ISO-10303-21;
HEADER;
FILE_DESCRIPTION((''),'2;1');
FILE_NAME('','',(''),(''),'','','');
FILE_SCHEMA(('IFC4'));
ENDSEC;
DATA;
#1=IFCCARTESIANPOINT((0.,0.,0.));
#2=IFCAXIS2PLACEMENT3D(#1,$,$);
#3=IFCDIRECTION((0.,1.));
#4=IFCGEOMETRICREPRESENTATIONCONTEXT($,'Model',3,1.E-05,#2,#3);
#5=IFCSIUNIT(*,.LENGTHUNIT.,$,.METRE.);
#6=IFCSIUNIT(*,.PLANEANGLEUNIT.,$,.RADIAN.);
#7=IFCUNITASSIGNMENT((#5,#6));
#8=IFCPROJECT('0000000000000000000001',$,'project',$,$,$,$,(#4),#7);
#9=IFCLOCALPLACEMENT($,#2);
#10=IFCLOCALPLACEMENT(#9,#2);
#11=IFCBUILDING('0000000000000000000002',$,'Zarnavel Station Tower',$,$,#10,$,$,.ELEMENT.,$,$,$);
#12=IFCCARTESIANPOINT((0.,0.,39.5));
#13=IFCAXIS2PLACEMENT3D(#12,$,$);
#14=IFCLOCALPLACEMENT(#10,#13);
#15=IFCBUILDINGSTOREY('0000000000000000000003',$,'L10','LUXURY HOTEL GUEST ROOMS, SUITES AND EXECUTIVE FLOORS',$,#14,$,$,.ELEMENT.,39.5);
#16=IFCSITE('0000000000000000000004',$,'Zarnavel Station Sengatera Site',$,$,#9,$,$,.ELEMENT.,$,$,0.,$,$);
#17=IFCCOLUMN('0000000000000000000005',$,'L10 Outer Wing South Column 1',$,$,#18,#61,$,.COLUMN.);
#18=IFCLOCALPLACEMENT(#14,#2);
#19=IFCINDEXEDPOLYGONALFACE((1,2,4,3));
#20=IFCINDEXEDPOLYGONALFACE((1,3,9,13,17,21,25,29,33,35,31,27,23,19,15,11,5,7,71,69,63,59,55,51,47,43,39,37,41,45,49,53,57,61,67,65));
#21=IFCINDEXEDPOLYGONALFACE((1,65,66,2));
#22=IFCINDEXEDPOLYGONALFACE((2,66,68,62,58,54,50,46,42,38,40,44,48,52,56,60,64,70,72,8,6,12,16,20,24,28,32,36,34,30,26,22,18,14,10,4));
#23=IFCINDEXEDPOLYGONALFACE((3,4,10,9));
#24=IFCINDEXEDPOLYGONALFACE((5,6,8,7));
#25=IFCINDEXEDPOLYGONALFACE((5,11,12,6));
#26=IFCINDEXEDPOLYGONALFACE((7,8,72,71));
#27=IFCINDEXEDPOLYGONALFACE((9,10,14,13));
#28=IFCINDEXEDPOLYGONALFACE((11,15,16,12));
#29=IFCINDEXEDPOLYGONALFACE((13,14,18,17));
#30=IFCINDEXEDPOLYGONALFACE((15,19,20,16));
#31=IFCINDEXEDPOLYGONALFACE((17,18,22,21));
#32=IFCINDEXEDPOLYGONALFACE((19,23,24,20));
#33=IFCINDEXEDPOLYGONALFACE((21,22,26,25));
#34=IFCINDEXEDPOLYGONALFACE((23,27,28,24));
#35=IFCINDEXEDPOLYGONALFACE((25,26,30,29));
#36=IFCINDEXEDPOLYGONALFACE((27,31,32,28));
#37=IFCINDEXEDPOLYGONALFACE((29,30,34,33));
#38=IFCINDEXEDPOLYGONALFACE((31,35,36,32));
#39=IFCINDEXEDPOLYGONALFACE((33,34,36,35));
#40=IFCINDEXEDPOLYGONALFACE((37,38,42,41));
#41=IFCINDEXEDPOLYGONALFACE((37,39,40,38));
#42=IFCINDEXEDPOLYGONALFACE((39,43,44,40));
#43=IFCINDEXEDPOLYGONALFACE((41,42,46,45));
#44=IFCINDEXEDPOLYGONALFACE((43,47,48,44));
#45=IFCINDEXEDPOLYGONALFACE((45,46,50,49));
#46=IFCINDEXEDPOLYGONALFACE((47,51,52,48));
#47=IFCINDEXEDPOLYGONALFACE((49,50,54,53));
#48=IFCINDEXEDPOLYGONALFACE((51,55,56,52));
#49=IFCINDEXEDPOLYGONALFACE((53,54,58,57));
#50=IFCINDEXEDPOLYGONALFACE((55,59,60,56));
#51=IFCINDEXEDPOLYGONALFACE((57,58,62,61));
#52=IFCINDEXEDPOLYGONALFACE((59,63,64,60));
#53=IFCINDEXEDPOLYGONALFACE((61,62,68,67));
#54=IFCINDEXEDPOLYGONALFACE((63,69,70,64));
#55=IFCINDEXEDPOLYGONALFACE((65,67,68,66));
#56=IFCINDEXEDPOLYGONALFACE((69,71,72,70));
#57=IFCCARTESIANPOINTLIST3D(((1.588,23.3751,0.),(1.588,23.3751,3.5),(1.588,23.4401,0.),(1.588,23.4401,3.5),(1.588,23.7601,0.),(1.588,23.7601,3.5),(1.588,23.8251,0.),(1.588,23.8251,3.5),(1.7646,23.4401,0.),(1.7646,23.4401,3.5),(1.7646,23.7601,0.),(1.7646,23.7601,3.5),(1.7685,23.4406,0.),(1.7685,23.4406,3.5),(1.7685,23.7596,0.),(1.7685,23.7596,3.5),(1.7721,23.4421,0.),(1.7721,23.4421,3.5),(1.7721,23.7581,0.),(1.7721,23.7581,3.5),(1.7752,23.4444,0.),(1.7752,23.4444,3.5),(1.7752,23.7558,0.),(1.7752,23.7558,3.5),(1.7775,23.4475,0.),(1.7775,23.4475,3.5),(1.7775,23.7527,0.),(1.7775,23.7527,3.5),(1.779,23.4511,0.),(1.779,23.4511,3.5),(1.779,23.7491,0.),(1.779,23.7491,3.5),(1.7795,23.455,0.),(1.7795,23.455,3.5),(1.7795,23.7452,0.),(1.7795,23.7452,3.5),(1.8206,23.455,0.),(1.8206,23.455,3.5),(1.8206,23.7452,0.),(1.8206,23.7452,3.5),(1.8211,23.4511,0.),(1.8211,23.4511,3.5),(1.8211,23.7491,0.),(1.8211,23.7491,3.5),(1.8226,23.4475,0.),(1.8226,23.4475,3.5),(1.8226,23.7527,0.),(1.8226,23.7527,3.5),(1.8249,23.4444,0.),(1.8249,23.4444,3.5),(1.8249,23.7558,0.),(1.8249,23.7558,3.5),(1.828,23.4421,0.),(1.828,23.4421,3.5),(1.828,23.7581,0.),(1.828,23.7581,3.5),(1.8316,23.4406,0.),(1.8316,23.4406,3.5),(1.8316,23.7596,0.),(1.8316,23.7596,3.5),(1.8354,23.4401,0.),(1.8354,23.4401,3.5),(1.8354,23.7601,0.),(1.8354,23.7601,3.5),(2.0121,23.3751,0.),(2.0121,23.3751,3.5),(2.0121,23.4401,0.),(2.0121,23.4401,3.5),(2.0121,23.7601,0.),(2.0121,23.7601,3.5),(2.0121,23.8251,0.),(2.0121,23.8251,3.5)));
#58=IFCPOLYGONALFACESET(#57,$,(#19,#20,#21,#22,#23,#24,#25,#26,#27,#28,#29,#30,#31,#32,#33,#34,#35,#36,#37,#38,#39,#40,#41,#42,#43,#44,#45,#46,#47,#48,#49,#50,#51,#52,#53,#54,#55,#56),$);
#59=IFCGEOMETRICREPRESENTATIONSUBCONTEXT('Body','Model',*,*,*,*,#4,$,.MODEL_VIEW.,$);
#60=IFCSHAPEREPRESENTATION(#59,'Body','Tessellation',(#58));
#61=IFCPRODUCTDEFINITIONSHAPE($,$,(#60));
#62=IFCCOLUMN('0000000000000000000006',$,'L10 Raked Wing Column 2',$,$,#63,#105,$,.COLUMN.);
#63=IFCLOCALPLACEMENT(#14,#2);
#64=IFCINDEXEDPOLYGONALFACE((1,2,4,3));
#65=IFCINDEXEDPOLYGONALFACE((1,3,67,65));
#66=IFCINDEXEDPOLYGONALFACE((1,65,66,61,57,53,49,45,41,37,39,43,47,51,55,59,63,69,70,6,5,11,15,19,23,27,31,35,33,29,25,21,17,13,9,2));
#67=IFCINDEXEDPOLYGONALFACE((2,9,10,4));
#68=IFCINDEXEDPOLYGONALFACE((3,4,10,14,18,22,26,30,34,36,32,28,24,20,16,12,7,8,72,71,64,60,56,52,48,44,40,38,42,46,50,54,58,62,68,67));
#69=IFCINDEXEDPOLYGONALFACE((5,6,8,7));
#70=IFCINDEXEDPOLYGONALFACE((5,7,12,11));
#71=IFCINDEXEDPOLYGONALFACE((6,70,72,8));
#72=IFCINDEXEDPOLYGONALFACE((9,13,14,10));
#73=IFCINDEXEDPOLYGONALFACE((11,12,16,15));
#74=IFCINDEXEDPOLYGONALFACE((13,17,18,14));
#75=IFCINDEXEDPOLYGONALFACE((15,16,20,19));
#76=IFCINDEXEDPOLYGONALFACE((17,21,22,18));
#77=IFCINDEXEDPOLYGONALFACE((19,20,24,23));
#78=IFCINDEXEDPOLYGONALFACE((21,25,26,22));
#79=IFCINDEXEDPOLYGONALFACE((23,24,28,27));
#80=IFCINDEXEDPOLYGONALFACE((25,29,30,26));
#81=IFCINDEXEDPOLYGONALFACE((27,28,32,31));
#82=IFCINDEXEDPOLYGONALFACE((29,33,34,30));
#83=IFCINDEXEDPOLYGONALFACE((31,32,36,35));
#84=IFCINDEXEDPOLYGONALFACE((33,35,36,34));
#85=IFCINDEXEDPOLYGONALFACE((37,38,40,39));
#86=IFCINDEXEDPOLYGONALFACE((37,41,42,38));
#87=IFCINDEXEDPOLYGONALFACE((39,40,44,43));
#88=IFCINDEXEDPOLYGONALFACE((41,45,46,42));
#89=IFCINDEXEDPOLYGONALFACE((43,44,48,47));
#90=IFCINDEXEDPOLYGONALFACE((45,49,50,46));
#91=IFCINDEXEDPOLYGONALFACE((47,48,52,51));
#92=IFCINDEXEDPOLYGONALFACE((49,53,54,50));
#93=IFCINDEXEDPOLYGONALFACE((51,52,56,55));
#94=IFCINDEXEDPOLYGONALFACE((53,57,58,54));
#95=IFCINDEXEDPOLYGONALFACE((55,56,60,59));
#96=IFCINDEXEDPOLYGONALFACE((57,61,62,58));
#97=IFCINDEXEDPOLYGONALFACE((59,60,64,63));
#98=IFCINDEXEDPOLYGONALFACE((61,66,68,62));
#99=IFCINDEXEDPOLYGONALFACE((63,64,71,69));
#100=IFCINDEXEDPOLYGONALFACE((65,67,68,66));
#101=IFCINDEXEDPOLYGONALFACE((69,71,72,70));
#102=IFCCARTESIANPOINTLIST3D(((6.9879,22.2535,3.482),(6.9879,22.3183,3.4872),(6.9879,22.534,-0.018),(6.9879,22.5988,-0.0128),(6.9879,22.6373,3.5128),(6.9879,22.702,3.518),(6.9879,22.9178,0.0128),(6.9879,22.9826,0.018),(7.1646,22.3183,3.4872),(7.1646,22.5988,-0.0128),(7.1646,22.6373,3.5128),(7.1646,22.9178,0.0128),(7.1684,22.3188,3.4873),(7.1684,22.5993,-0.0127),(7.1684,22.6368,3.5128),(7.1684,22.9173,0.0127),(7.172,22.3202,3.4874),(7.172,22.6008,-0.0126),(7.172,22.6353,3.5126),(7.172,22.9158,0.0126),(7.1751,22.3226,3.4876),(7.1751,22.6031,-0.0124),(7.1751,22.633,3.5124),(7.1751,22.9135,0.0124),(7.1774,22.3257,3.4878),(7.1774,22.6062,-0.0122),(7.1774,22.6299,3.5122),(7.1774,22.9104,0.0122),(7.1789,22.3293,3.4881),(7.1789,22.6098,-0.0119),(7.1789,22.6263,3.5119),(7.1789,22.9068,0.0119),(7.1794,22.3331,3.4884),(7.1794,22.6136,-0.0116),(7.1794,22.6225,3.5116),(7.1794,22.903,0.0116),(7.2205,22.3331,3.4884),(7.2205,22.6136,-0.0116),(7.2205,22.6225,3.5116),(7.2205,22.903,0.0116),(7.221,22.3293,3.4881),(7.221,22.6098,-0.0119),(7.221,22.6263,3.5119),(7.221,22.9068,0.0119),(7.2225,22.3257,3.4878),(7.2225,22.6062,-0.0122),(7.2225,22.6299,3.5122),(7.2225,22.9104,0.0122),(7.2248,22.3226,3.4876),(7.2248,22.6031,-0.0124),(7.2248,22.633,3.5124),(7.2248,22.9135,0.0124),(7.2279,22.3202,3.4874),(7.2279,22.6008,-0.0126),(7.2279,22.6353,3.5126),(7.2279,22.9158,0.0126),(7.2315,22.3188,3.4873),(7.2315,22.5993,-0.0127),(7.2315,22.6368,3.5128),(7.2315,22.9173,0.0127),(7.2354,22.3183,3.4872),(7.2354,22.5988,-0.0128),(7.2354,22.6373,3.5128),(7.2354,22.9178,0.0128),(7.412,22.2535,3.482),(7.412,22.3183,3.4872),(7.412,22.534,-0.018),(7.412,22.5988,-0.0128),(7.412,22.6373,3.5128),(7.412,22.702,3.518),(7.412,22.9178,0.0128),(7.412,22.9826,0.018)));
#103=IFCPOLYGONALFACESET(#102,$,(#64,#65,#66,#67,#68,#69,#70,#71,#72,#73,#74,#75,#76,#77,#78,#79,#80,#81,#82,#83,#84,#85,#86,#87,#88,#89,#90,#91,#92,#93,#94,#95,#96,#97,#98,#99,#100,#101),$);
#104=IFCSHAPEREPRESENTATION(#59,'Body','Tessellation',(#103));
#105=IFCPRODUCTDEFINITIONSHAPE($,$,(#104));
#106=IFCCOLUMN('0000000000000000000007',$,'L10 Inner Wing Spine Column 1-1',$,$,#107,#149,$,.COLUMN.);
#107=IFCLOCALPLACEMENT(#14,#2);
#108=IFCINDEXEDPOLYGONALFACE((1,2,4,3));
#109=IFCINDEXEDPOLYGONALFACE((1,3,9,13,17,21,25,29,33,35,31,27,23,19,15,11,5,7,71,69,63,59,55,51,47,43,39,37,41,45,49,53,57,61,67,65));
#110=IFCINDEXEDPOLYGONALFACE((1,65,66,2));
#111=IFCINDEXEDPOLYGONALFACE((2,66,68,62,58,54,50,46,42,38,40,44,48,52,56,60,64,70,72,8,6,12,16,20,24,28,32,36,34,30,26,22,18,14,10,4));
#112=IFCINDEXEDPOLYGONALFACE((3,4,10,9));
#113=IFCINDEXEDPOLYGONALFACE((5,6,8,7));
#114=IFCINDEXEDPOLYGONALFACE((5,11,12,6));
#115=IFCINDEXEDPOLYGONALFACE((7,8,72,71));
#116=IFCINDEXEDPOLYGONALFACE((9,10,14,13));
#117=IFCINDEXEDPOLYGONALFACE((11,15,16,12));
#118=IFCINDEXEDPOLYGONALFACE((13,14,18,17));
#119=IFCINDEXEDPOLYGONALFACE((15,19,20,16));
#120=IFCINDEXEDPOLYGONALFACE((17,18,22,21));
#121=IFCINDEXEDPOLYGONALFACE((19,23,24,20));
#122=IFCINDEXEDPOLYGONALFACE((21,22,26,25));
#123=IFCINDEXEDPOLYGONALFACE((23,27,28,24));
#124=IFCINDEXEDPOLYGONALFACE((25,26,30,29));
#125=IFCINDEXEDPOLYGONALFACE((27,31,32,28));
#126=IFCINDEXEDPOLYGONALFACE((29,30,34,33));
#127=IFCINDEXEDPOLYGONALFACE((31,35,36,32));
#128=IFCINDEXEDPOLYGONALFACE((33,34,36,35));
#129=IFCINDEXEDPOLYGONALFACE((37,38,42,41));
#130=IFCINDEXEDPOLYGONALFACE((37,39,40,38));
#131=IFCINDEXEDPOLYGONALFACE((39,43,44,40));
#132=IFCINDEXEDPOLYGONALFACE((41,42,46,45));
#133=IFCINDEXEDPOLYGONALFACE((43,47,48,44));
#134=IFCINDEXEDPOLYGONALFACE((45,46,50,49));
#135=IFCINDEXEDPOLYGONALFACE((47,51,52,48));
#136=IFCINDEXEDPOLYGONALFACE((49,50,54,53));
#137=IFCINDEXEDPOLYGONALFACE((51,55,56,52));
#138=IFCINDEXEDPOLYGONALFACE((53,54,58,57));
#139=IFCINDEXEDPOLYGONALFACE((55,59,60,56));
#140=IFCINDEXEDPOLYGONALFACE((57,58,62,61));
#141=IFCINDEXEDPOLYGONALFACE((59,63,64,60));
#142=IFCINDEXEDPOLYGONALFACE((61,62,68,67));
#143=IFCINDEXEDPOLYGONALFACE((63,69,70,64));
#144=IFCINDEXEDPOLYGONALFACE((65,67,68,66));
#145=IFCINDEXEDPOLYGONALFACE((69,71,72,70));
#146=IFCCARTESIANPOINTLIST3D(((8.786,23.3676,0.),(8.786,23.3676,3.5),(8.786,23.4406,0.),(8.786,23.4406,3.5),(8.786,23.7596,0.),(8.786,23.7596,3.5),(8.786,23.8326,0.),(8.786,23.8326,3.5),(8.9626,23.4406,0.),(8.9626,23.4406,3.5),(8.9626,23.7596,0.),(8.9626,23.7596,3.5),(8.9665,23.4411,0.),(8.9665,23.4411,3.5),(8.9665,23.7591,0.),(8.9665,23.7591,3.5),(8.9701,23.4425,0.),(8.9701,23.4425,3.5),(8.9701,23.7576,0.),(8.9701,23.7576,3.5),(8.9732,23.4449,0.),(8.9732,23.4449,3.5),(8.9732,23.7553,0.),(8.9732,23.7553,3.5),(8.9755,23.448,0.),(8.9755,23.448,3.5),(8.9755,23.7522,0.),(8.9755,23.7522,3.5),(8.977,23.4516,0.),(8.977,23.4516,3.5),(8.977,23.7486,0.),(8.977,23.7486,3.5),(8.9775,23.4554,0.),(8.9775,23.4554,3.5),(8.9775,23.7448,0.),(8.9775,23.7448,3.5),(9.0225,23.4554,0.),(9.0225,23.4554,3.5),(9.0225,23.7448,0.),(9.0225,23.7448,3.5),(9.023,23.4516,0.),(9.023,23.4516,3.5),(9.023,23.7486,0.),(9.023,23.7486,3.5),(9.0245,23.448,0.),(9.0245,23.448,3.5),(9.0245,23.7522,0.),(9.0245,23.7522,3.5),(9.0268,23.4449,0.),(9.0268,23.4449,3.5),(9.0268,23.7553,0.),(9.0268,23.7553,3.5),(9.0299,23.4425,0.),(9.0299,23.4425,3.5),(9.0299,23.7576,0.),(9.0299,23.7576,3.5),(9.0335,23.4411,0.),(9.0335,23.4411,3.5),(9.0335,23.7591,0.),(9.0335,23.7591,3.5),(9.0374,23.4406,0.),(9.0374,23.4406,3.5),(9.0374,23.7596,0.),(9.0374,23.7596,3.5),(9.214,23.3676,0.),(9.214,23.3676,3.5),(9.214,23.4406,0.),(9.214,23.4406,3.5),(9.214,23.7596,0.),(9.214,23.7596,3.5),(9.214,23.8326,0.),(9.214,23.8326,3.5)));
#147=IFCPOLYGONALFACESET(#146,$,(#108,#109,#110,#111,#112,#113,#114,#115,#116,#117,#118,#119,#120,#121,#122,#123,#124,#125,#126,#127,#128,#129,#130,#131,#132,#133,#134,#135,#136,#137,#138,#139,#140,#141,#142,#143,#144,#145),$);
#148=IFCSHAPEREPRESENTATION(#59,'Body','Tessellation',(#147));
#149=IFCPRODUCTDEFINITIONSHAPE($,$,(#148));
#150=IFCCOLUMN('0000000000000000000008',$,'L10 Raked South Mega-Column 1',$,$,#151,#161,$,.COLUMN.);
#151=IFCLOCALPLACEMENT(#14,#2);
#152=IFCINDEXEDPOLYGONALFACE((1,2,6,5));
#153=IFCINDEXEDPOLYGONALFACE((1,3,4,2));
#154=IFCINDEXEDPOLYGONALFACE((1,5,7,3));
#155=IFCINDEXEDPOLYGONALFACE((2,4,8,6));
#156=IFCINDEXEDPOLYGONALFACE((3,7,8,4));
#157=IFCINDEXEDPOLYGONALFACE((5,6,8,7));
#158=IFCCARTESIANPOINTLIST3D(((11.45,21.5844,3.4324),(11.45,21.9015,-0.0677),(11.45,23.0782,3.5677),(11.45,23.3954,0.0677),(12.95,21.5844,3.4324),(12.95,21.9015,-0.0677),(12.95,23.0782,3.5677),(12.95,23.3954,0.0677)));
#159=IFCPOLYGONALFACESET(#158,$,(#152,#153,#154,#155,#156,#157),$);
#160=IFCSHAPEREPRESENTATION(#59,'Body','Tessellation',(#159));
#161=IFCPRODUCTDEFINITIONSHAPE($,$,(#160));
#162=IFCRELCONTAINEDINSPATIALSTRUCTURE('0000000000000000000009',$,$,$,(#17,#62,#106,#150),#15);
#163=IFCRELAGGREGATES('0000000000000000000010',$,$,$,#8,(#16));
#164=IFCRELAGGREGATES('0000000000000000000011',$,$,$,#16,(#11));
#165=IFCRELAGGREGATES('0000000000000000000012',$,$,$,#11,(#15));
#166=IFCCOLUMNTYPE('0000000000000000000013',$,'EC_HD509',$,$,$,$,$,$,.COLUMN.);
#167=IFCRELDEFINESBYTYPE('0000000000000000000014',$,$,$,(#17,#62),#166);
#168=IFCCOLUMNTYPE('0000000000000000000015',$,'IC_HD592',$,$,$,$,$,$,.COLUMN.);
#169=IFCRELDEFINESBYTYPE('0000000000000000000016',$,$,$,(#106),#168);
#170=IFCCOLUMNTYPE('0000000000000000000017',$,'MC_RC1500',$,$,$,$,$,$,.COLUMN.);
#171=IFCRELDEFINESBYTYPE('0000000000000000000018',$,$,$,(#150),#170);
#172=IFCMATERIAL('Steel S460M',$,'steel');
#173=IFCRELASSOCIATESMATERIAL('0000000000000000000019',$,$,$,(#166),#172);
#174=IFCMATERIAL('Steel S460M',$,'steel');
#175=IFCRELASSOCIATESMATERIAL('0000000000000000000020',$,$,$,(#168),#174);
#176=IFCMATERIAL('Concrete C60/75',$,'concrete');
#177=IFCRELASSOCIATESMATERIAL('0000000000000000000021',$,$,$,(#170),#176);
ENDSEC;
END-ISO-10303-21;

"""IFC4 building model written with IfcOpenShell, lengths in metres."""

from ifc_helpers import new_model, si_unit, direction, frame, origin, origin_2d, place, context, subcontext, project, spatial, rectangle, i_section, extrude, material, material_profile, profile_set, type_object, element, save


model = new_model("IFC4")

# Units and contexts
model_context = context("Model", 3, precision=1e-05, world=origin(), true_north=direction((0.0, 1.0)))
body_context = subcontext(model_context, "Body", "Model", "MODEL_VIEW")
ifc_project = project(units=[si_unit("LENGTHUNIT", "METRE"), si_unit("PLANEANGLEUNIT", "RADIAN")], contexts=[model_context])

# Site, building, storey
site_placement = place(None, origin())
site = spatial("IfcSite", under=ifc_project, at=site_placement, Name="Zarnavel Station Sengatera Site", CompositionType="ELEMENT", RefElevation=0.0)
building_placement = place(site_placement, origin())
building = spatial("IfcBuilding", under=site, at=building_placement, Name="Zarnavel Station Tower", CompositionType="ELEMENT")
storey_placement = place(building_placement, frame((0.0, 0.0, 39.5)))
storey = spatial("IfcBuildingStorey", under=building, at=storey_placement, Name="L10", Description="LUXURY HOTEL GUEST ROOMS, SUITES AND EXECUTIVE FLOORS", CompositionType="ELEMENT", Elevation=39.5)

# Columns
ifc_material_1 = material(Name="Steel S460M", Category="steel")
ifc_material_profile_1 = material_profile(ifc_material_1, i_section(OverallWidth=0.4241, OverallDepth=0.45, WebThickness=0.041, FlangeThickness=0.0649, FilletRadius=0.0149, at=origin_2d()), Name="HD400x509")
ifc_profile_set_1 = profile_set([ifc_material_profile_1], Name="Steel S460M")
column_type_1 = type_object("IfcColumnType", Name="EC_HD509", PredefinedType="COLUMN", material=ifc_profile_set_1)
column_1_placement = place(storey_placement, frame((1.8, 23.6001, 0.0), z_axis=(0.0, 0.0, 1.0), x_axis=(1.0, 0.0, 0.0)))
element("IfcColumn", 1, at=column_1_placement, inside=storey, type_object=column_type_1, Name="L10 Outer Wing South Column 1", PredefinedType="COLUMN", context=body_context, shape_type="SweptSolid", body=[
    extrude(i_section(OverallWidth=0.4241, OverallDepth=0.45, WebThickness=0.041, FlangeThickness=0.0649, FilletRadius=0.0149, at=origin_2d()), origin(), (0.0, 0.0, 1.0), 3.5),
])
column_2_placement = place(storey_placement, frame((7.2, 22.7583, 0.0), z_axis=(0.0, -0.079892, 0.996804), x_axis=(1.0, 0.0, 0.0)))
element("IfcColumn", 2, at=column_2_placement, inside=storey, type_object=column_type_1, Name="L10 Raked Wing Column 2", PredefinedType="COLUMN", context=body_context, shape_type="SweptSolid", body=[
    extrude(i_section(OverallWidth=0.4241, OverallDepth=0.45, WebThickness=0.041, FlangeThickness=0.0649, FilletRadius=0.0149, at=origin_2d()), origin(), (0.0, 0.0, 1.0), 3.5112),
])
ifc_material_2 = material(Name="Steel S460M", Category="steel")
ifc_material_profile_2 = material_profile(ifc_material_2, i_section(OverallWidth=0.428, OverallDepth=0.4651, WebThickness=0.0449, FlangeThickness=0.073, FilletRadius=0.0149, at=origin_2d()), Name="HD400x592")
ifc_profile_set_2 = profile_set([ifc_material_profile_2], Name="Steel S460M")
column_type_2 = type_object("IfcColumnType", Name="IC_HD592", PredefinedType="COLUMN", material=ifc_profile_set_2)
column_3_placement = place(storey_placement, frame((9.0, 23.6001, 0.0), z_axis=(0.0, 0.0, 1.0), x_axis=(1.0, 0.0, 0.0)))
element("IfcColumn", 3, at=column_3_placement, inside=storey, type_object=column_type_2, Name="L10 Inner Wing Spine Column 1-1", PredefinedType="COLUMN", context=body_context, shape_type="SweptSolid", body=[
    extrude(i_section(OverallWidth=0.428, OverallDepth=0.4651, WebThickness=0.0449, FlangeThickness=0.073, FilletRadius=0.0149, at=origin_2d()), origin(), (0.0, 0.0, 1.0), 3.5),
])
ifc_material_3 = material(Name="Concrete C60/75", Category="concrete")
ifc_material_profile_3 = material_profile(ifc_material_3, rectangle(XDim=1.5, YDim=1.5, at=origin_2d()), Name="RC1500x1500")
ifc_profile_set_3 = profile_set([ifc_material_profile_3], Name="Concrete C60/75")
column_type_3 = type_object("IfcColumnType", Name="MC_RC1500", PredefinedType="COLUMN", material=ifc_profile_set_3)
column_4_placement = place(storey_placement, frame((12.2, 22.6484, 0.0), z_axis=(0.0, -0.090241, 0.99592), x_axis=(1.0, 0.0, 0.0)))
element("IfcColumn", 4, at=column_4_placement, inside=storey, type_object=column_type_3, Name="L10 Raked South Mega-Column 1", PredefinedType="COLUMN", context=body_context, shape_type="SweptSolid", body=[
    extrude(rectangle(XDim=1.5, YDim=1.5, at=origin_2d()), origin(), (0.0, 0.0, 1.0), 3.5144),
])

save(model, "model.ifc")
